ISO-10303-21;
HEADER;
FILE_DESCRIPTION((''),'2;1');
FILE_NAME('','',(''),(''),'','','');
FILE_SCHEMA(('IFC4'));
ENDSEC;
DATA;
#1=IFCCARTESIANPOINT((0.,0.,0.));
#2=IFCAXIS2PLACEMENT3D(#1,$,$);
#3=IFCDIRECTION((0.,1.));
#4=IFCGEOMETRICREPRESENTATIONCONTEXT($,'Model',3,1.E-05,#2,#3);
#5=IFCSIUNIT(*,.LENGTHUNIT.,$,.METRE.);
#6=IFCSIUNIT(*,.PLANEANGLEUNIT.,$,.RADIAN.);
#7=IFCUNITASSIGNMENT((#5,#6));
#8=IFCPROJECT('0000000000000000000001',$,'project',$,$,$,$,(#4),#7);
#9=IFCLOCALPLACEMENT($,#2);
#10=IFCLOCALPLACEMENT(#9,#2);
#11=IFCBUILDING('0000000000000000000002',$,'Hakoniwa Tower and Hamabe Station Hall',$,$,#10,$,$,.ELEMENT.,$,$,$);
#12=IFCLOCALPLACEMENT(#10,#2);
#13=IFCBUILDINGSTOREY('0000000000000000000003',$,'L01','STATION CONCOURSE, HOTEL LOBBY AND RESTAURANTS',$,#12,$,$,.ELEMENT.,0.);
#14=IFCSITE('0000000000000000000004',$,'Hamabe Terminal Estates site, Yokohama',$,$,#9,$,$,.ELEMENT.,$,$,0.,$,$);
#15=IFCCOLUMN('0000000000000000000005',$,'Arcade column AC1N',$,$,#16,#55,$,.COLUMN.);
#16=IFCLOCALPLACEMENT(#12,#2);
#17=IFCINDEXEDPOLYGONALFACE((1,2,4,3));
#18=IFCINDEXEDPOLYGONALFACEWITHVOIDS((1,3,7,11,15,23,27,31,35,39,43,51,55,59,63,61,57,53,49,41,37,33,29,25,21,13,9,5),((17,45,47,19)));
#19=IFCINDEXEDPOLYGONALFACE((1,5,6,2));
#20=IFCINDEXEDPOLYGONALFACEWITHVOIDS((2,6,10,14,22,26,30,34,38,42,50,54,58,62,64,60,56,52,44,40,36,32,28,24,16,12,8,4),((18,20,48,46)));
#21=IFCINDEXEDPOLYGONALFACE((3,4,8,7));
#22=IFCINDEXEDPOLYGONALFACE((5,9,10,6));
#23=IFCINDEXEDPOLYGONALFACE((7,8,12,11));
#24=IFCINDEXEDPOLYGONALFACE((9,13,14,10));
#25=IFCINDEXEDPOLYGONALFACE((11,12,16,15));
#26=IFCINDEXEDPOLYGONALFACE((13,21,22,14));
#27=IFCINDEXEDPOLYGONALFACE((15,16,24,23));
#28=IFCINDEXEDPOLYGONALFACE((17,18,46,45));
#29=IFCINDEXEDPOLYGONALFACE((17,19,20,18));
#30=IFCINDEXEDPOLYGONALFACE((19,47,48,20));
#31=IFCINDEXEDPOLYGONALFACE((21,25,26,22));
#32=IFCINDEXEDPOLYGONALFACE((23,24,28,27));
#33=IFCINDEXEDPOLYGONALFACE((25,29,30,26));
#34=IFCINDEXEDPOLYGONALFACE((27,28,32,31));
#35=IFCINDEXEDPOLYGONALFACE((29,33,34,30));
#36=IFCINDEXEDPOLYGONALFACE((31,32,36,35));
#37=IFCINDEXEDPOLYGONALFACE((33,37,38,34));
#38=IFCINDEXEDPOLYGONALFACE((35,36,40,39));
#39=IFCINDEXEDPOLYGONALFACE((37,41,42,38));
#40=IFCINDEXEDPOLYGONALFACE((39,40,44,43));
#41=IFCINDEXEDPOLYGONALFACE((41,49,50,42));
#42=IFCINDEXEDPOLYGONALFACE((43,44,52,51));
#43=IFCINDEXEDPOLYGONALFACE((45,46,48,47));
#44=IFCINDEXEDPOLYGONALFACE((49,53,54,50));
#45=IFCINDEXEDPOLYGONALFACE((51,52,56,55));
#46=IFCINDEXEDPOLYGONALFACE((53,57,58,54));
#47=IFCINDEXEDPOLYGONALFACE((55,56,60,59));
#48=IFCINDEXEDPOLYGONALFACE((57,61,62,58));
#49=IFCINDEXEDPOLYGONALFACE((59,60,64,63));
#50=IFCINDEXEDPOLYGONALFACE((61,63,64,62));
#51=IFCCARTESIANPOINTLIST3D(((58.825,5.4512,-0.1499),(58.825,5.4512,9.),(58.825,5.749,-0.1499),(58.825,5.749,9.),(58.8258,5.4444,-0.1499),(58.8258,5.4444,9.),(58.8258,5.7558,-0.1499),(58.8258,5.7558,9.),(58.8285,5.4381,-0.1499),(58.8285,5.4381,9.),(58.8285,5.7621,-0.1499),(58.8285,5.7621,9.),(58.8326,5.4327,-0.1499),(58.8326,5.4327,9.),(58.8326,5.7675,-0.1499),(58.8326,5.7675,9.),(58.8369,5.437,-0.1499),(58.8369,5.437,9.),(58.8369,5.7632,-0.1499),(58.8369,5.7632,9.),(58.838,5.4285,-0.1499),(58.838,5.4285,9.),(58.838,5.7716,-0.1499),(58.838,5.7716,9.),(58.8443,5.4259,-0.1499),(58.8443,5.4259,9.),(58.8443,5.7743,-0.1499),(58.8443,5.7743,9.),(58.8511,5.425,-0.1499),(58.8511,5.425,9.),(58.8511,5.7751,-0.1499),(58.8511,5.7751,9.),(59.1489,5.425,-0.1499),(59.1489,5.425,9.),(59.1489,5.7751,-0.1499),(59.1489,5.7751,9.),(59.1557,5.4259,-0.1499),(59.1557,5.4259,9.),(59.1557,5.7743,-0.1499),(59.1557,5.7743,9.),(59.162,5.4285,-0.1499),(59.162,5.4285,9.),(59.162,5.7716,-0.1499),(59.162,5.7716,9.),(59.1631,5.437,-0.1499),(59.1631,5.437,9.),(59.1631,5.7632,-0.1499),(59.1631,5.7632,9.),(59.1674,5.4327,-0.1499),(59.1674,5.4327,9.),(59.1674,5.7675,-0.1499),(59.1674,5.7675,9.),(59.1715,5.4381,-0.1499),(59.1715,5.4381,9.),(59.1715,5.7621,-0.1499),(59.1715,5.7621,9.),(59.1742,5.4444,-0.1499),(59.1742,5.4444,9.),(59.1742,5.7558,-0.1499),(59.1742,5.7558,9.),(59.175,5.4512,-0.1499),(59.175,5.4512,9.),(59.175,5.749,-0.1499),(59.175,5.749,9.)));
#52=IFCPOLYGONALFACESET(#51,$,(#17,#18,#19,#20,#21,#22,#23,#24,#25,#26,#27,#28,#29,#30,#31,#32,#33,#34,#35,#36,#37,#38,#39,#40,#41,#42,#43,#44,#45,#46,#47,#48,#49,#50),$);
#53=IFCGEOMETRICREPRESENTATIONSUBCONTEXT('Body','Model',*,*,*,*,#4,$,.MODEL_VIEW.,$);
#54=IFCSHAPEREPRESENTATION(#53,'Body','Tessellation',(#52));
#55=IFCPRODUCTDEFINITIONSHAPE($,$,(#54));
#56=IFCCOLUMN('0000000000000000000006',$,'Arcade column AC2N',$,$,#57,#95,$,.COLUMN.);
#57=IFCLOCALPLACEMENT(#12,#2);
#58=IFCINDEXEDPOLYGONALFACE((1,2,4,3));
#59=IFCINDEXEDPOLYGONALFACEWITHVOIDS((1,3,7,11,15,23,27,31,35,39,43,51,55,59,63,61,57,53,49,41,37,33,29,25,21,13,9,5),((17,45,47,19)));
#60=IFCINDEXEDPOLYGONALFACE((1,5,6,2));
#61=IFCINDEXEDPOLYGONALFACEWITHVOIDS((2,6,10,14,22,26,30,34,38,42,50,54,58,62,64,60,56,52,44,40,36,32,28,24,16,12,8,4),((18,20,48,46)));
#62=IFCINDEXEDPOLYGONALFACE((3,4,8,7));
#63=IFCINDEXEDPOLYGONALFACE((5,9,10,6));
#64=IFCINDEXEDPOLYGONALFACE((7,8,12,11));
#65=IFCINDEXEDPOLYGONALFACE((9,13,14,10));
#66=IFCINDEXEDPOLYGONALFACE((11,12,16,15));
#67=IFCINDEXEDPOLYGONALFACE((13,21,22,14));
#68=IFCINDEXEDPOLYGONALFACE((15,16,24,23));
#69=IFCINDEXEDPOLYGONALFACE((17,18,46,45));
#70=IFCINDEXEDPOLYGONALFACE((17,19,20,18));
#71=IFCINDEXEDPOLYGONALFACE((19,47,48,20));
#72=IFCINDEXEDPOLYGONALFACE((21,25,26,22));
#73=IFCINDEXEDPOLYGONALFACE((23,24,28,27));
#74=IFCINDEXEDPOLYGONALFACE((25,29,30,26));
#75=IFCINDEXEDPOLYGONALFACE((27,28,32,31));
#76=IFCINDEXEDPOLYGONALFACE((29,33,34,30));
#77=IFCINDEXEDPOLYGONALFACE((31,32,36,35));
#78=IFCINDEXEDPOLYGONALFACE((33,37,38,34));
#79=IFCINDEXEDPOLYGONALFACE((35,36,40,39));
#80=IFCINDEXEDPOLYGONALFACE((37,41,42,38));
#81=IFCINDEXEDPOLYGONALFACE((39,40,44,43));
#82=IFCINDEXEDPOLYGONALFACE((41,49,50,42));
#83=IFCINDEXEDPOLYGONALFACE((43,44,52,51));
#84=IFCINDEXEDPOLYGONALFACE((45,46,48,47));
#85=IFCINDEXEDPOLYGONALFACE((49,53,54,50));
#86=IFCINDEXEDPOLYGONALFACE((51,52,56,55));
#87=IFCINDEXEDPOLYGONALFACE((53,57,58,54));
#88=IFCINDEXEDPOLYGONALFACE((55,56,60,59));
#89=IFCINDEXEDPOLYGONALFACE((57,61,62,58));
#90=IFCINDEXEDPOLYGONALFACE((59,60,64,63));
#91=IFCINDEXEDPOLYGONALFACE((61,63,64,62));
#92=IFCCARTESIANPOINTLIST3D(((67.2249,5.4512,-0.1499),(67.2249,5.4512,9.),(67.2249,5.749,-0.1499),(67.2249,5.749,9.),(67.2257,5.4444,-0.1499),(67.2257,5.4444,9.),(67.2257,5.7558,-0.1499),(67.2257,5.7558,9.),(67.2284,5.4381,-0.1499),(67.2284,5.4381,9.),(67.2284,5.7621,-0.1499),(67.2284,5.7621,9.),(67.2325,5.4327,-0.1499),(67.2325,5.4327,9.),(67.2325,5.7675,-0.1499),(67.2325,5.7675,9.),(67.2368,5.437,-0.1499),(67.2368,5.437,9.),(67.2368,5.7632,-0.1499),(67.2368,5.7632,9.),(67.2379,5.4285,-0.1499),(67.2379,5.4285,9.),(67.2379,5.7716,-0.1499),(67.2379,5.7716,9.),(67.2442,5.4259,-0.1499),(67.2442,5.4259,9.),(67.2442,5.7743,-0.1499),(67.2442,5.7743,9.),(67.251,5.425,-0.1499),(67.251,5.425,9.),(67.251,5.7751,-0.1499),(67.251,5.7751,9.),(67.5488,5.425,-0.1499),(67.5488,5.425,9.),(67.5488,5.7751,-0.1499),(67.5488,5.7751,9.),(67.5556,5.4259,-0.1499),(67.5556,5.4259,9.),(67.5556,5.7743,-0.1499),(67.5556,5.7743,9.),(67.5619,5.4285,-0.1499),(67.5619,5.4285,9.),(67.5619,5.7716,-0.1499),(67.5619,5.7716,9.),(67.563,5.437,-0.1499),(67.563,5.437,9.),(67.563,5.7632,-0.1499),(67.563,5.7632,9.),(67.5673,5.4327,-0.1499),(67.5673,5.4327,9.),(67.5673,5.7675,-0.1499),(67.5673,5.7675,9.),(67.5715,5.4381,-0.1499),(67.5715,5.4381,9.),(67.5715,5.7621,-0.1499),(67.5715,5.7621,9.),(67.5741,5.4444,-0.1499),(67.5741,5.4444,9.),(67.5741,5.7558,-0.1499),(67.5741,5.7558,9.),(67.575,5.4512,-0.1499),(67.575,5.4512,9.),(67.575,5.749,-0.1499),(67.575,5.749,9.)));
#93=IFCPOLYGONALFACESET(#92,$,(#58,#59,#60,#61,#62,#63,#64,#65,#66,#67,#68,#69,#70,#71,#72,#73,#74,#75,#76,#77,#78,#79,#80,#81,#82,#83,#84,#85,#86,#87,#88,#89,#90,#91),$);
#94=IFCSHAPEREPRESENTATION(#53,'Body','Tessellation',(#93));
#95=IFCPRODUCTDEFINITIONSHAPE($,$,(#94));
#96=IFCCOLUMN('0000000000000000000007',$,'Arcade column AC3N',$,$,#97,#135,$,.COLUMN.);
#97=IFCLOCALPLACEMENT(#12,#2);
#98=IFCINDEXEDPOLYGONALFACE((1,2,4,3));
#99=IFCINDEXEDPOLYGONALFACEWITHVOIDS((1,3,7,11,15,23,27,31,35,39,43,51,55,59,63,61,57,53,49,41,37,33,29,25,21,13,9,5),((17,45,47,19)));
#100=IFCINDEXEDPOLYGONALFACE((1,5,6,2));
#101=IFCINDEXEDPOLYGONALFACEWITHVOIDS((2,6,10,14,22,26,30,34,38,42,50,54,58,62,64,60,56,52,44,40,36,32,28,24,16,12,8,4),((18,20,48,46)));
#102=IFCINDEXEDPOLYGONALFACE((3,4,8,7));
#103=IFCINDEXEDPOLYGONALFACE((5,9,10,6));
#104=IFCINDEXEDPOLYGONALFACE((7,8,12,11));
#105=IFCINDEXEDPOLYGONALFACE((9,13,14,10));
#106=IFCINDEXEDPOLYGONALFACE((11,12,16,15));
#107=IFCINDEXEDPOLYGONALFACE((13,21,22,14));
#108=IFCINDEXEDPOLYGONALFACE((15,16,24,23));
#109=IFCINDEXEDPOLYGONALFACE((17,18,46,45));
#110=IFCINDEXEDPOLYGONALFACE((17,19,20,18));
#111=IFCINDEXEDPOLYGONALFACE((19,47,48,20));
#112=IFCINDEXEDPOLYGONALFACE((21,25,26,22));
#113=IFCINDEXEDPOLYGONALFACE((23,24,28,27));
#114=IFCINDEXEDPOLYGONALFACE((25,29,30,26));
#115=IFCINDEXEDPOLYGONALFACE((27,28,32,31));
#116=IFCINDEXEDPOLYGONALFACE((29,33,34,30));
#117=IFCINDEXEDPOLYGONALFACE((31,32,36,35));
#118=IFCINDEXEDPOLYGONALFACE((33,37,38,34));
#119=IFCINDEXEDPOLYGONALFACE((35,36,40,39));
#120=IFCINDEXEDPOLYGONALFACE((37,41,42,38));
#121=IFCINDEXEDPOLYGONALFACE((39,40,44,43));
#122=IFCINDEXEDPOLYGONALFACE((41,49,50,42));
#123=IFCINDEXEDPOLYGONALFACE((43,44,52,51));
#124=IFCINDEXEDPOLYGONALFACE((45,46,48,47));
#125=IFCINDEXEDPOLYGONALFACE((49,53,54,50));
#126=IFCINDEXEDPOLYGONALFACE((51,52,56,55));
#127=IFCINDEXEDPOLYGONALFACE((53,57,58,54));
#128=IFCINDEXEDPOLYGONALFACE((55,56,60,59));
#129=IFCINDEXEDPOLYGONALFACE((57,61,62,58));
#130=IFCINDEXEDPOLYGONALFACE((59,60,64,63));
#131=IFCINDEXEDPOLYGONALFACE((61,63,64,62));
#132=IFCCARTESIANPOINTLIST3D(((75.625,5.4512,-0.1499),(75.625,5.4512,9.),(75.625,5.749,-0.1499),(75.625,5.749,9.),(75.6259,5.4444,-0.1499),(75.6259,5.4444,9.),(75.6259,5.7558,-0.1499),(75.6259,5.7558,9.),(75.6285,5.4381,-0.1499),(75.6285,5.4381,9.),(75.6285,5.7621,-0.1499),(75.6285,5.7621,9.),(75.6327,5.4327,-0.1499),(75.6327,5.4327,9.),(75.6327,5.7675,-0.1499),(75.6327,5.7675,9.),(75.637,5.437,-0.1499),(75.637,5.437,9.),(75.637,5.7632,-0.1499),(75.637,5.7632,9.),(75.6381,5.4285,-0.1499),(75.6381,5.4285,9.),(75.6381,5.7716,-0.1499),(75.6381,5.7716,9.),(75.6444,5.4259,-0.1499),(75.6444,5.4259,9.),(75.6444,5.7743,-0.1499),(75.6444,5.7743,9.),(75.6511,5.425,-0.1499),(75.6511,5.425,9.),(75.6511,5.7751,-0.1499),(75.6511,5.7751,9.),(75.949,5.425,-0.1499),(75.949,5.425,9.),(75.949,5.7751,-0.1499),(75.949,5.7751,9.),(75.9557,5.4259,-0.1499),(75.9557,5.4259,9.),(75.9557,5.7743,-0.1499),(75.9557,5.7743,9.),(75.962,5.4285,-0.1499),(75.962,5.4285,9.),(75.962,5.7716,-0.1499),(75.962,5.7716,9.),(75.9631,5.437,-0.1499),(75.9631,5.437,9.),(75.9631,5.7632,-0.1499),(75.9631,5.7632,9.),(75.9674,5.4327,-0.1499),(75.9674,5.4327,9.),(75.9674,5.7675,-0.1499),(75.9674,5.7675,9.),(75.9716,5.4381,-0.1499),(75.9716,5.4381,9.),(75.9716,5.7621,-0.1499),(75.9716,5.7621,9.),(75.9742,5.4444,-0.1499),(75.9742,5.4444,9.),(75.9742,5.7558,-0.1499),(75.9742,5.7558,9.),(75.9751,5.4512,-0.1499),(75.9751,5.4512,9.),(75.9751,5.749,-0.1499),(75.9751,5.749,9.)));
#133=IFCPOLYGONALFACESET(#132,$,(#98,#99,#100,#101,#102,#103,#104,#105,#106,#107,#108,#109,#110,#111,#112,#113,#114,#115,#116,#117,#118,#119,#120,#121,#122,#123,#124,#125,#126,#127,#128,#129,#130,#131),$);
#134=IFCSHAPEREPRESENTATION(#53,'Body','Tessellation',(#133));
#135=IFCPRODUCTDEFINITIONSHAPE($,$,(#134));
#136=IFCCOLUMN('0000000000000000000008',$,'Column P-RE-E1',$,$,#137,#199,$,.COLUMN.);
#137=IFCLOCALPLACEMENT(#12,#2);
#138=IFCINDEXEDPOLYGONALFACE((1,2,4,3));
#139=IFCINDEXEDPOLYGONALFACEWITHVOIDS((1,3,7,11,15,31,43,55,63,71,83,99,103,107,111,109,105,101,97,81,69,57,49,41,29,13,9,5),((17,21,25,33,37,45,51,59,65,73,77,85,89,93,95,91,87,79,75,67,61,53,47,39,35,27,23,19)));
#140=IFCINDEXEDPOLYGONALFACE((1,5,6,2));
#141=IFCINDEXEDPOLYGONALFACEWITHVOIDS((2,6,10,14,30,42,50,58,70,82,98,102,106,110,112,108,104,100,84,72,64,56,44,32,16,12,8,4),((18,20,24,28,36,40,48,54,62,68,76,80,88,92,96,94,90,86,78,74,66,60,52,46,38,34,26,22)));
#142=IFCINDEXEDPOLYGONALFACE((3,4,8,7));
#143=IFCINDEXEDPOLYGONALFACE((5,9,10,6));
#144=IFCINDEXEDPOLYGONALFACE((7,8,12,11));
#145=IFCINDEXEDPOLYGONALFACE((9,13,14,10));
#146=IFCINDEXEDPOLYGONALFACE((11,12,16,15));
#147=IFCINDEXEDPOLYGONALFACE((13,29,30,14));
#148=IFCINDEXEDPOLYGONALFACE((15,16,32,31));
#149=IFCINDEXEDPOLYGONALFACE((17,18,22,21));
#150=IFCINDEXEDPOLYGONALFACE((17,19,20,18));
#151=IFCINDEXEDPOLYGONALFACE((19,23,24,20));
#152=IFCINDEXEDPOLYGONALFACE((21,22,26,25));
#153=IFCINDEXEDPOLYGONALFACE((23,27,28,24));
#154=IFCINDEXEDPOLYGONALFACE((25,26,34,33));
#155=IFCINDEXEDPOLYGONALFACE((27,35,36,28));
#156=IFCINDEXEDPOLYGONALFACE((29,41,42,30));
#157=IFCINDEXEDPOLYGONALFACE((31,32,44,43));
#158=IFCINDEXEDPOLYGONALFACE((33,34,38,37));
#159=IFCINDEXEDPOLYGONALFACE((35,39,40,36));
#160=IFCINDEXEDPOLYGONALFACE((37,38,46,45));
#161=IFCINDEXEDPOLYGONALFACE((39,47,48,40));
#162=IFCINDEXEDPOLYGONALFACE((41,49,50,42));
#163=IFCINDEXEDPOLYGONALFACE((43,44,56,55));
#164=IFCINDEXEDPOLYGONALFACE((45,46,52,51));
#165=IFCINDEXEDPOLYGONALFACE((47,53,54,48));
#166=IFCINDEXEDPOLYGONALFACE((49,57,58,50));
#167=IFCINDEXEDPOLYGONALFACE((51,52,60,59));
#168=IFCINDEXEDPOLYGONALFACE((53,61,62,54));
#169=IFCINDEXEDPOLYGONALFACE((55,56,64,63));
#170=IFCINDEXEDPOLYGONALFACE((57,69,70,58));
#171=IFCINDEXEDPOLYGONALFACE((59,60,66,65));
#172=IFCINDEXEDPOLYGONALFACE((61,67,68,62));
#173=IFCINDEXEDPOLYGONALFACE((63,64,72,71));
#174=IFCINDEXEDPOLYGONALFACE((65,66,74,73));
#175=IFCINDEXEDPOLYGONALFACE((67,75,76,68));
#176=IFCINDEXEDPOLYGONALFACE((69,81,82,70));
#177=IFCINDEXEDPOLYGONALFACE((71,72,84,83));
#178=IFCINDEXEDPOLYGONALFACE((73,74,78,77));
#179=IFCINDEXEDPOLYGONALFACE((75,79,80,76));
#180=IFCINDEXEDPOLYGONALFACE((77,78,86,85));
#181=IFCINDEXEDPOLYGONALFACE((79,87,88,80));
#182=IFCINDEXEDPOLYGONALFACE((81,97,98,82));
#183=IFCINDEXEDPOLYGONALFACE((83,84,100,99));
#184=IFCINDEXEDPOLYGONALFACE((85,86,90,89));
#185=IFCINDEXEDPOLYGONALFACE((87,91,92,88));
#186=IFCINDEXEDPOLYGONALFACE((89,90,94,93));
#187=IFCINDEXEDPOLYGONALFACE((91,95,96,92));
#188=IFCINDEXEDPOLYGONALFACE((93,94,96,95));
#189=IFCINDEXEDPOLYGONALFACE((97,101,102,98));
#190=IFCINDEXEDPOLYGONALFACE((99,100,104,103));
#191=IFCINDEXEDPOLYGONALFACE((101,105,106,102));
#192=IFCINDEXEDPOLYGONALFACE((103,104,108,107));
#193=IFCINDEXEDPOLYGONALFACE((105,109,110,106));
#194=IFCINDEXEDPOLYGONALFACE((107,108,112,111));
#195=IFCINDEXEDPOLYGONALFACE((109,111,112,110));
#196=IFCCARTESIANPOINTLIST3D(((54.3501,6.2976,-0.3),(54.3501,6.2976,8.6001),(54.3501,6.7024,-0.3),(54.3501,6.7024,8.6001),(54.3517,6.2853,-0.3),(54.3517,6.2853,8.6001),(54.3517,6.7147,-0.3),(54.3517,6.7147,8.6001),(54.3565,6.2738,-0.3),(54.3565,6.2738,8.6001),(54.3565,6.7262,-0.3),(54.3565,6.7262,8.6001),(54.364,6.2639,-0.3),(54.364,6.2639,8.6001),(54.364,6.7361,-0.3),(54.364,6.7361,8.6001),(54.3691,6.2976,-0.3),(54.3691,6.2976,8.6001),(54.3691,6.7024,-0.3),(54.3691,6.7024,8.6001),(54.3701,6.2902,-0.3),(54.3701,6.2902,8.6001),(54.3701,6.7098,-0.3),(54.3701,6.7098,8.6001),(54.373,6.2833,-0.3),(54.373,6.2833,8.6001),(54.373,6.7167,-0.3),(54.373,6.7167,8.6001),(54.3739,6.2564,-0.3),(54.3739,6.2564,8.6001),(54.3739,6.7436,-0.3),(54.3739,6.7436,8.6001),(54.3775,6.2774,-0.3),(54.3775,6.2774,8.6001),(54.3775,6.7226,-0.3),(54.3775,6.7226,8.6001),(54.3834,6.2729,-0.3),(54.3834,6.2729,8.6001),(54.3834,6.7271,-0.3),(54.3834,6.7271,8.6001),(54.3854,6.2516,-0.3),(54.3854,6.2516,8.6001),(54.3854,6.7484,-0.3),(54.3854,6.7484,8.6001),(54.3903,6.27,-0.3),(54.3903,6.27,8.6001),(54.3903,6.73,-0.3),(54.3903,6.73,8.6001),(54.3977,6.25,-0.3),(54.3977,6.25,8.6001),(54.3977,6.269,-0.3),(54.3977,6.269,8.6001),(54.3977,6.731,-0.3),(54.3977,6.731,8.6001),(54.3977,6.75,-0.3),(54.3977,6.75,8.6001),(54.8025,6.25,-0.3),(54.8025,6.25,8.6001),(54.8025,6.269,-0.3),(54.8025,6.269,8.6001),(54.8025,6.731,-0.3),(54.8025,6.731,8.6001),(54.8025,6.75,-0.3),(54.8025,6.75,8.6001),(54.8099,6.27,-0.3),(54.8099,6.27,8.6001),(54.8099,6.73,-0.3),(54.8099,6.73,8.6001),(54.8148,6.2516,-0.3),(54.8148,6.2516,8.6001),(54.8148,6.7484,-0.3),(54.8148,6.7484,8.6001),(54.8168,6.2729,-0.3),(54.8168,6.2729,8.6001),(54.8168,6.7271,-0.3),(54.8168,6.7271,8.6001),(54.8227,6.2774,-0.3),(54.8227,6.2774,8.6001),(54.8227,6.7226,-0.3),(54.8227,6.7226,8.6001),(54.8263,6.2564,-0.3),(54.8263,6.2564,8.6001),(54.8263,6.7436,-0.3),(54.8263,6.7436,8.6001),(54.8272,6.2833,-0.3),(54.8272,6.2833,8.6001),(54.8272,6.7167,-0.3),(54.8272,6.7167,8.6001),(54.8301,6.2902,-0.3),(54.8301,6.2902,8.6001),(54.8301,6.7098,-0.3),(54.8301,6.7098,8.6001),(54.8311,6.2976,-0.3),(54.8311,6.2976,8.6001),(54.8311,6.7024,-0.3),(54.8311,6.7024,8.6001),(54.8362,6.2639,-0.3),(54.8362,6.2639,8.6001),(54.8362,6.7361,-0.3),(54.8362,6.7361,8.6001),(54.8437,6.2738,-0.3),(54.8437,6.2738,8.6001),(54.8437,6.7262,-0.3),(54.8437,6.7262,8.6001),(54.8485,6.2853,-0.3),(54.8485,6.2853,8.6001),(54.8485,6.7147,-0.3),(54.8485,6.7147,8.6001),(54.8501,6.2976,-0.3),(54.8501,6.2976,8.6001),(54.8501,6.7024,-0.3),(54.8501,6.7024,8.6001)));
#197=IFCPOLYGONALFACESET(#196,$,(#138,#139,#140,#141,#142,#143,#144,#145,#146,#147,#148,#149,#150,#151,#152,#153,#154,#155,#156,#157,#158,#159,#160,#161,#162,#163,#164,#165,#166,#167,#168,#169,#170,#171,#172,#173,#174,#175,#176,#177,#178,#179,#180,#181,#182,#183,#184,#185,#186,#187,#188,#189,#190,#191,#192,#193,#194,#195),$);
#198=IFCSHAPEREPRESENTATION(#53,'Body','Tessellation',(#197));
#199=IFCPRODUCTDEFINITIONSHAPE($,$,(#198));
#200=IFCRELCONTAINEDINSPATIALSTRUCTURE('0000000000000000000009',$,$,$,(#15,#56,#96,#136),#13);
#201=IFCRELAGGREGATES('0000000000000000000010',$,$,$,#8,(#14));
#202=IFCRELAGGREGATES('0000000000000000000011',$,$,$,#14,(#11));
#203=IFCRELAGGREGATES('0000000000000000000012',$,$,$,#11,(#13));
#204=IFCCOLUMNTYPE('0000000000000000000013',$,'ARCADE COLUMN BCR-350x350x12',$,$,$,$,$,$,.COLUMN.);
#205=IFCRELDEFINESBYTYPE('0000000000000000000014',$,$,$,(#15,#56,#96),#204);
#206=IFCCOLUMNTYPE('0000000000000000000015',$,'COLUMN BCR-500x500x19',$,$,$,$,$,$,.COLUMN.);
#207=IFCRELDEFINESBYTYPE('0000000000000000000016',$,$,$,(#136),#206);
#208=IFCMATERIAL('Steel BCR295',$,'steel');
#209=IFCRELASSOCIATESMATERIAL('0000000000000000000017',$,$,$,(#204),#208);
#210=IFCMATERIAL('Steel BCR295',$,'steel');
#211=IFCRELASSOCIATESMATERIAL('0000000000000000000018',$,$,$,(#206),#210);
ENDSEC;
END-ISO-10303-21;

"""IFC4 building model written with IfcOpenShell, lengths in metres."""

from ifc_helpers import new_model, si_unit, direction, frame, origin, origin_2d, place, context, subcontext, project, spatial, hollow_rectangle, extrude, material, material_profile, profile_set, type_object, element, save


model = new_model("IFC4")

# Units and contexts
model_context = context("Model", 3, precision=1e-05, world=origin(), true_north=direction((0.0, 1.0)))
body_context = subcontext(model_context, "Body", "Model", "MODEL_VIEW")
ifc_project = project(units=[si_unit("LENGTHUNIT", "METRE"), si_unit("PLANEANGLEUNIT", "RADIAN")], contexts=[model_context])

# Site, building, storey
site_placement = place(None, origin())
site = spatial("IfcSite", under=ifc_project, at=site_placement, Name="Hamabe Terminal Estates site, Yokohama", CompositionType="ELEMENT", RefElevation=0.0)
building_placement = place(site_placement, origin())
building = spatial("IfcBuilding", under=site, at=building_placement, Name="Hakoniwa Tower and Hamabe Station Hall", CompositionType="ELEMENT")
storey_placement = place(building_placement, origin())
storey = spatial("IfcBuildingStorey", under=building, at=storey_placement, Name="L01", Description="STATION CONCOURSE, HOTEL LOBBY AND RESTAURANTS", CompositionType="ELEMENT", Elevation=0.0)

# Columns
ifc_material_1 = material(Name="Steel BCR295", Category="steel")
ifc_material_profile_1 = material_profile(ifc_material_1, hollow_rectangle(XDim=0.3501, YDim=0.3501, WallThickness=0.012, OuterFilletRadius=0.0261, at=origin_2d()), Name="ARCADE COLUMN BCR-350x350x12")
ifc_profile_set_1 = profile_set([ifc_material_profile_1], Name="Steel BCR295")
column_type_1 = type_object("IfcColumnType", Name="ARCADE COLUMN BCR-350x350x12", PredefinedType="COLUMN", material=ifc_profile_set_1)
for number, where, z_axis, x_axis, name in (
    (1, (59.0, 5.6001, -0.1499), (0.0, 0.0, 1.0), (1.0, 0.0, 0.0), "Arcade column AC1N"),
    (2, (67.3999, 5.6001, -0.1499), (0.0, 0.0, 1.0), (1.0, 0.0, 0.0), "Arcade column AC2N"),
    (3, (75.8, 5.6001, -0.1499), (0.0, 0.0, 1.0), (1.0, 0.0, 0.0), "Arcade column AC3N"),
):
    element("IfcColumn", number, at=place(storey_placement, frame(where, z_axis=z_axis, x_axis=x_axis)), inside=storey, type_object=column_type_1, Name=name, PredefinedType="COLUMN", context=body_context, shape_type="SweptSolid", body=[
        extrude(hollow_rectangle(XDim=0.3501, YDim=0.3501, WallThickness=0.012, OuterFilletRadius=0.0261, at=origin_2d()), origin(), (0.0, 0.0, 1.0), 9.1499),
    ])
ifc_material_2 = material(Name="Steel BCR295", Category="steel")
ifc_material_profile_2 = material_profile(ifc_material_2, hollow_rectangle(XDim=0.5, YDim=0.5, WallThickness=0.019, InnerFilletRadius=0.0286, OuterFilletRadius=0.0476, at=origin_2d()), Name="BCR-500x500x19")
ifc_profile_set_2 = profile_set([ifc_material_profile_2], Name="Steel BCR295")
column_type_2 = type_object("IfcColumnType", Name="COLUMN BCR-500x500x19", PredefinedType="COLUMN", material=ifc_profile_set_2)
for number, where, z_axis, x_axis, name in (
    (4, (54.6001, 6.5, -0.3), (0.0, 0.0, 1.0), (1.0, 0.0, 0.0), "Column P-RE-E1"),
):
    element("IfcColumn", number, at=place(storey_placement, frame(where, z_axis=z_axis, x_axis=x_axis)), inside=storey, type_object=column_type_2, Name=name, PredefinedType="COLUMN", context=body_context, shape_type="SweptSolid", body=[
        extrude(hollow_rectangle(XDim=0.5, YDim=0.5, WallThickness=0.019, InnerFilletRadius=0.0286, OuterFilletRadius=0.0476, at=origin_2d()), origin(), (0.0, 0.0, 1.0), 8.9001),
    ])

save(model, "model.ifc")
